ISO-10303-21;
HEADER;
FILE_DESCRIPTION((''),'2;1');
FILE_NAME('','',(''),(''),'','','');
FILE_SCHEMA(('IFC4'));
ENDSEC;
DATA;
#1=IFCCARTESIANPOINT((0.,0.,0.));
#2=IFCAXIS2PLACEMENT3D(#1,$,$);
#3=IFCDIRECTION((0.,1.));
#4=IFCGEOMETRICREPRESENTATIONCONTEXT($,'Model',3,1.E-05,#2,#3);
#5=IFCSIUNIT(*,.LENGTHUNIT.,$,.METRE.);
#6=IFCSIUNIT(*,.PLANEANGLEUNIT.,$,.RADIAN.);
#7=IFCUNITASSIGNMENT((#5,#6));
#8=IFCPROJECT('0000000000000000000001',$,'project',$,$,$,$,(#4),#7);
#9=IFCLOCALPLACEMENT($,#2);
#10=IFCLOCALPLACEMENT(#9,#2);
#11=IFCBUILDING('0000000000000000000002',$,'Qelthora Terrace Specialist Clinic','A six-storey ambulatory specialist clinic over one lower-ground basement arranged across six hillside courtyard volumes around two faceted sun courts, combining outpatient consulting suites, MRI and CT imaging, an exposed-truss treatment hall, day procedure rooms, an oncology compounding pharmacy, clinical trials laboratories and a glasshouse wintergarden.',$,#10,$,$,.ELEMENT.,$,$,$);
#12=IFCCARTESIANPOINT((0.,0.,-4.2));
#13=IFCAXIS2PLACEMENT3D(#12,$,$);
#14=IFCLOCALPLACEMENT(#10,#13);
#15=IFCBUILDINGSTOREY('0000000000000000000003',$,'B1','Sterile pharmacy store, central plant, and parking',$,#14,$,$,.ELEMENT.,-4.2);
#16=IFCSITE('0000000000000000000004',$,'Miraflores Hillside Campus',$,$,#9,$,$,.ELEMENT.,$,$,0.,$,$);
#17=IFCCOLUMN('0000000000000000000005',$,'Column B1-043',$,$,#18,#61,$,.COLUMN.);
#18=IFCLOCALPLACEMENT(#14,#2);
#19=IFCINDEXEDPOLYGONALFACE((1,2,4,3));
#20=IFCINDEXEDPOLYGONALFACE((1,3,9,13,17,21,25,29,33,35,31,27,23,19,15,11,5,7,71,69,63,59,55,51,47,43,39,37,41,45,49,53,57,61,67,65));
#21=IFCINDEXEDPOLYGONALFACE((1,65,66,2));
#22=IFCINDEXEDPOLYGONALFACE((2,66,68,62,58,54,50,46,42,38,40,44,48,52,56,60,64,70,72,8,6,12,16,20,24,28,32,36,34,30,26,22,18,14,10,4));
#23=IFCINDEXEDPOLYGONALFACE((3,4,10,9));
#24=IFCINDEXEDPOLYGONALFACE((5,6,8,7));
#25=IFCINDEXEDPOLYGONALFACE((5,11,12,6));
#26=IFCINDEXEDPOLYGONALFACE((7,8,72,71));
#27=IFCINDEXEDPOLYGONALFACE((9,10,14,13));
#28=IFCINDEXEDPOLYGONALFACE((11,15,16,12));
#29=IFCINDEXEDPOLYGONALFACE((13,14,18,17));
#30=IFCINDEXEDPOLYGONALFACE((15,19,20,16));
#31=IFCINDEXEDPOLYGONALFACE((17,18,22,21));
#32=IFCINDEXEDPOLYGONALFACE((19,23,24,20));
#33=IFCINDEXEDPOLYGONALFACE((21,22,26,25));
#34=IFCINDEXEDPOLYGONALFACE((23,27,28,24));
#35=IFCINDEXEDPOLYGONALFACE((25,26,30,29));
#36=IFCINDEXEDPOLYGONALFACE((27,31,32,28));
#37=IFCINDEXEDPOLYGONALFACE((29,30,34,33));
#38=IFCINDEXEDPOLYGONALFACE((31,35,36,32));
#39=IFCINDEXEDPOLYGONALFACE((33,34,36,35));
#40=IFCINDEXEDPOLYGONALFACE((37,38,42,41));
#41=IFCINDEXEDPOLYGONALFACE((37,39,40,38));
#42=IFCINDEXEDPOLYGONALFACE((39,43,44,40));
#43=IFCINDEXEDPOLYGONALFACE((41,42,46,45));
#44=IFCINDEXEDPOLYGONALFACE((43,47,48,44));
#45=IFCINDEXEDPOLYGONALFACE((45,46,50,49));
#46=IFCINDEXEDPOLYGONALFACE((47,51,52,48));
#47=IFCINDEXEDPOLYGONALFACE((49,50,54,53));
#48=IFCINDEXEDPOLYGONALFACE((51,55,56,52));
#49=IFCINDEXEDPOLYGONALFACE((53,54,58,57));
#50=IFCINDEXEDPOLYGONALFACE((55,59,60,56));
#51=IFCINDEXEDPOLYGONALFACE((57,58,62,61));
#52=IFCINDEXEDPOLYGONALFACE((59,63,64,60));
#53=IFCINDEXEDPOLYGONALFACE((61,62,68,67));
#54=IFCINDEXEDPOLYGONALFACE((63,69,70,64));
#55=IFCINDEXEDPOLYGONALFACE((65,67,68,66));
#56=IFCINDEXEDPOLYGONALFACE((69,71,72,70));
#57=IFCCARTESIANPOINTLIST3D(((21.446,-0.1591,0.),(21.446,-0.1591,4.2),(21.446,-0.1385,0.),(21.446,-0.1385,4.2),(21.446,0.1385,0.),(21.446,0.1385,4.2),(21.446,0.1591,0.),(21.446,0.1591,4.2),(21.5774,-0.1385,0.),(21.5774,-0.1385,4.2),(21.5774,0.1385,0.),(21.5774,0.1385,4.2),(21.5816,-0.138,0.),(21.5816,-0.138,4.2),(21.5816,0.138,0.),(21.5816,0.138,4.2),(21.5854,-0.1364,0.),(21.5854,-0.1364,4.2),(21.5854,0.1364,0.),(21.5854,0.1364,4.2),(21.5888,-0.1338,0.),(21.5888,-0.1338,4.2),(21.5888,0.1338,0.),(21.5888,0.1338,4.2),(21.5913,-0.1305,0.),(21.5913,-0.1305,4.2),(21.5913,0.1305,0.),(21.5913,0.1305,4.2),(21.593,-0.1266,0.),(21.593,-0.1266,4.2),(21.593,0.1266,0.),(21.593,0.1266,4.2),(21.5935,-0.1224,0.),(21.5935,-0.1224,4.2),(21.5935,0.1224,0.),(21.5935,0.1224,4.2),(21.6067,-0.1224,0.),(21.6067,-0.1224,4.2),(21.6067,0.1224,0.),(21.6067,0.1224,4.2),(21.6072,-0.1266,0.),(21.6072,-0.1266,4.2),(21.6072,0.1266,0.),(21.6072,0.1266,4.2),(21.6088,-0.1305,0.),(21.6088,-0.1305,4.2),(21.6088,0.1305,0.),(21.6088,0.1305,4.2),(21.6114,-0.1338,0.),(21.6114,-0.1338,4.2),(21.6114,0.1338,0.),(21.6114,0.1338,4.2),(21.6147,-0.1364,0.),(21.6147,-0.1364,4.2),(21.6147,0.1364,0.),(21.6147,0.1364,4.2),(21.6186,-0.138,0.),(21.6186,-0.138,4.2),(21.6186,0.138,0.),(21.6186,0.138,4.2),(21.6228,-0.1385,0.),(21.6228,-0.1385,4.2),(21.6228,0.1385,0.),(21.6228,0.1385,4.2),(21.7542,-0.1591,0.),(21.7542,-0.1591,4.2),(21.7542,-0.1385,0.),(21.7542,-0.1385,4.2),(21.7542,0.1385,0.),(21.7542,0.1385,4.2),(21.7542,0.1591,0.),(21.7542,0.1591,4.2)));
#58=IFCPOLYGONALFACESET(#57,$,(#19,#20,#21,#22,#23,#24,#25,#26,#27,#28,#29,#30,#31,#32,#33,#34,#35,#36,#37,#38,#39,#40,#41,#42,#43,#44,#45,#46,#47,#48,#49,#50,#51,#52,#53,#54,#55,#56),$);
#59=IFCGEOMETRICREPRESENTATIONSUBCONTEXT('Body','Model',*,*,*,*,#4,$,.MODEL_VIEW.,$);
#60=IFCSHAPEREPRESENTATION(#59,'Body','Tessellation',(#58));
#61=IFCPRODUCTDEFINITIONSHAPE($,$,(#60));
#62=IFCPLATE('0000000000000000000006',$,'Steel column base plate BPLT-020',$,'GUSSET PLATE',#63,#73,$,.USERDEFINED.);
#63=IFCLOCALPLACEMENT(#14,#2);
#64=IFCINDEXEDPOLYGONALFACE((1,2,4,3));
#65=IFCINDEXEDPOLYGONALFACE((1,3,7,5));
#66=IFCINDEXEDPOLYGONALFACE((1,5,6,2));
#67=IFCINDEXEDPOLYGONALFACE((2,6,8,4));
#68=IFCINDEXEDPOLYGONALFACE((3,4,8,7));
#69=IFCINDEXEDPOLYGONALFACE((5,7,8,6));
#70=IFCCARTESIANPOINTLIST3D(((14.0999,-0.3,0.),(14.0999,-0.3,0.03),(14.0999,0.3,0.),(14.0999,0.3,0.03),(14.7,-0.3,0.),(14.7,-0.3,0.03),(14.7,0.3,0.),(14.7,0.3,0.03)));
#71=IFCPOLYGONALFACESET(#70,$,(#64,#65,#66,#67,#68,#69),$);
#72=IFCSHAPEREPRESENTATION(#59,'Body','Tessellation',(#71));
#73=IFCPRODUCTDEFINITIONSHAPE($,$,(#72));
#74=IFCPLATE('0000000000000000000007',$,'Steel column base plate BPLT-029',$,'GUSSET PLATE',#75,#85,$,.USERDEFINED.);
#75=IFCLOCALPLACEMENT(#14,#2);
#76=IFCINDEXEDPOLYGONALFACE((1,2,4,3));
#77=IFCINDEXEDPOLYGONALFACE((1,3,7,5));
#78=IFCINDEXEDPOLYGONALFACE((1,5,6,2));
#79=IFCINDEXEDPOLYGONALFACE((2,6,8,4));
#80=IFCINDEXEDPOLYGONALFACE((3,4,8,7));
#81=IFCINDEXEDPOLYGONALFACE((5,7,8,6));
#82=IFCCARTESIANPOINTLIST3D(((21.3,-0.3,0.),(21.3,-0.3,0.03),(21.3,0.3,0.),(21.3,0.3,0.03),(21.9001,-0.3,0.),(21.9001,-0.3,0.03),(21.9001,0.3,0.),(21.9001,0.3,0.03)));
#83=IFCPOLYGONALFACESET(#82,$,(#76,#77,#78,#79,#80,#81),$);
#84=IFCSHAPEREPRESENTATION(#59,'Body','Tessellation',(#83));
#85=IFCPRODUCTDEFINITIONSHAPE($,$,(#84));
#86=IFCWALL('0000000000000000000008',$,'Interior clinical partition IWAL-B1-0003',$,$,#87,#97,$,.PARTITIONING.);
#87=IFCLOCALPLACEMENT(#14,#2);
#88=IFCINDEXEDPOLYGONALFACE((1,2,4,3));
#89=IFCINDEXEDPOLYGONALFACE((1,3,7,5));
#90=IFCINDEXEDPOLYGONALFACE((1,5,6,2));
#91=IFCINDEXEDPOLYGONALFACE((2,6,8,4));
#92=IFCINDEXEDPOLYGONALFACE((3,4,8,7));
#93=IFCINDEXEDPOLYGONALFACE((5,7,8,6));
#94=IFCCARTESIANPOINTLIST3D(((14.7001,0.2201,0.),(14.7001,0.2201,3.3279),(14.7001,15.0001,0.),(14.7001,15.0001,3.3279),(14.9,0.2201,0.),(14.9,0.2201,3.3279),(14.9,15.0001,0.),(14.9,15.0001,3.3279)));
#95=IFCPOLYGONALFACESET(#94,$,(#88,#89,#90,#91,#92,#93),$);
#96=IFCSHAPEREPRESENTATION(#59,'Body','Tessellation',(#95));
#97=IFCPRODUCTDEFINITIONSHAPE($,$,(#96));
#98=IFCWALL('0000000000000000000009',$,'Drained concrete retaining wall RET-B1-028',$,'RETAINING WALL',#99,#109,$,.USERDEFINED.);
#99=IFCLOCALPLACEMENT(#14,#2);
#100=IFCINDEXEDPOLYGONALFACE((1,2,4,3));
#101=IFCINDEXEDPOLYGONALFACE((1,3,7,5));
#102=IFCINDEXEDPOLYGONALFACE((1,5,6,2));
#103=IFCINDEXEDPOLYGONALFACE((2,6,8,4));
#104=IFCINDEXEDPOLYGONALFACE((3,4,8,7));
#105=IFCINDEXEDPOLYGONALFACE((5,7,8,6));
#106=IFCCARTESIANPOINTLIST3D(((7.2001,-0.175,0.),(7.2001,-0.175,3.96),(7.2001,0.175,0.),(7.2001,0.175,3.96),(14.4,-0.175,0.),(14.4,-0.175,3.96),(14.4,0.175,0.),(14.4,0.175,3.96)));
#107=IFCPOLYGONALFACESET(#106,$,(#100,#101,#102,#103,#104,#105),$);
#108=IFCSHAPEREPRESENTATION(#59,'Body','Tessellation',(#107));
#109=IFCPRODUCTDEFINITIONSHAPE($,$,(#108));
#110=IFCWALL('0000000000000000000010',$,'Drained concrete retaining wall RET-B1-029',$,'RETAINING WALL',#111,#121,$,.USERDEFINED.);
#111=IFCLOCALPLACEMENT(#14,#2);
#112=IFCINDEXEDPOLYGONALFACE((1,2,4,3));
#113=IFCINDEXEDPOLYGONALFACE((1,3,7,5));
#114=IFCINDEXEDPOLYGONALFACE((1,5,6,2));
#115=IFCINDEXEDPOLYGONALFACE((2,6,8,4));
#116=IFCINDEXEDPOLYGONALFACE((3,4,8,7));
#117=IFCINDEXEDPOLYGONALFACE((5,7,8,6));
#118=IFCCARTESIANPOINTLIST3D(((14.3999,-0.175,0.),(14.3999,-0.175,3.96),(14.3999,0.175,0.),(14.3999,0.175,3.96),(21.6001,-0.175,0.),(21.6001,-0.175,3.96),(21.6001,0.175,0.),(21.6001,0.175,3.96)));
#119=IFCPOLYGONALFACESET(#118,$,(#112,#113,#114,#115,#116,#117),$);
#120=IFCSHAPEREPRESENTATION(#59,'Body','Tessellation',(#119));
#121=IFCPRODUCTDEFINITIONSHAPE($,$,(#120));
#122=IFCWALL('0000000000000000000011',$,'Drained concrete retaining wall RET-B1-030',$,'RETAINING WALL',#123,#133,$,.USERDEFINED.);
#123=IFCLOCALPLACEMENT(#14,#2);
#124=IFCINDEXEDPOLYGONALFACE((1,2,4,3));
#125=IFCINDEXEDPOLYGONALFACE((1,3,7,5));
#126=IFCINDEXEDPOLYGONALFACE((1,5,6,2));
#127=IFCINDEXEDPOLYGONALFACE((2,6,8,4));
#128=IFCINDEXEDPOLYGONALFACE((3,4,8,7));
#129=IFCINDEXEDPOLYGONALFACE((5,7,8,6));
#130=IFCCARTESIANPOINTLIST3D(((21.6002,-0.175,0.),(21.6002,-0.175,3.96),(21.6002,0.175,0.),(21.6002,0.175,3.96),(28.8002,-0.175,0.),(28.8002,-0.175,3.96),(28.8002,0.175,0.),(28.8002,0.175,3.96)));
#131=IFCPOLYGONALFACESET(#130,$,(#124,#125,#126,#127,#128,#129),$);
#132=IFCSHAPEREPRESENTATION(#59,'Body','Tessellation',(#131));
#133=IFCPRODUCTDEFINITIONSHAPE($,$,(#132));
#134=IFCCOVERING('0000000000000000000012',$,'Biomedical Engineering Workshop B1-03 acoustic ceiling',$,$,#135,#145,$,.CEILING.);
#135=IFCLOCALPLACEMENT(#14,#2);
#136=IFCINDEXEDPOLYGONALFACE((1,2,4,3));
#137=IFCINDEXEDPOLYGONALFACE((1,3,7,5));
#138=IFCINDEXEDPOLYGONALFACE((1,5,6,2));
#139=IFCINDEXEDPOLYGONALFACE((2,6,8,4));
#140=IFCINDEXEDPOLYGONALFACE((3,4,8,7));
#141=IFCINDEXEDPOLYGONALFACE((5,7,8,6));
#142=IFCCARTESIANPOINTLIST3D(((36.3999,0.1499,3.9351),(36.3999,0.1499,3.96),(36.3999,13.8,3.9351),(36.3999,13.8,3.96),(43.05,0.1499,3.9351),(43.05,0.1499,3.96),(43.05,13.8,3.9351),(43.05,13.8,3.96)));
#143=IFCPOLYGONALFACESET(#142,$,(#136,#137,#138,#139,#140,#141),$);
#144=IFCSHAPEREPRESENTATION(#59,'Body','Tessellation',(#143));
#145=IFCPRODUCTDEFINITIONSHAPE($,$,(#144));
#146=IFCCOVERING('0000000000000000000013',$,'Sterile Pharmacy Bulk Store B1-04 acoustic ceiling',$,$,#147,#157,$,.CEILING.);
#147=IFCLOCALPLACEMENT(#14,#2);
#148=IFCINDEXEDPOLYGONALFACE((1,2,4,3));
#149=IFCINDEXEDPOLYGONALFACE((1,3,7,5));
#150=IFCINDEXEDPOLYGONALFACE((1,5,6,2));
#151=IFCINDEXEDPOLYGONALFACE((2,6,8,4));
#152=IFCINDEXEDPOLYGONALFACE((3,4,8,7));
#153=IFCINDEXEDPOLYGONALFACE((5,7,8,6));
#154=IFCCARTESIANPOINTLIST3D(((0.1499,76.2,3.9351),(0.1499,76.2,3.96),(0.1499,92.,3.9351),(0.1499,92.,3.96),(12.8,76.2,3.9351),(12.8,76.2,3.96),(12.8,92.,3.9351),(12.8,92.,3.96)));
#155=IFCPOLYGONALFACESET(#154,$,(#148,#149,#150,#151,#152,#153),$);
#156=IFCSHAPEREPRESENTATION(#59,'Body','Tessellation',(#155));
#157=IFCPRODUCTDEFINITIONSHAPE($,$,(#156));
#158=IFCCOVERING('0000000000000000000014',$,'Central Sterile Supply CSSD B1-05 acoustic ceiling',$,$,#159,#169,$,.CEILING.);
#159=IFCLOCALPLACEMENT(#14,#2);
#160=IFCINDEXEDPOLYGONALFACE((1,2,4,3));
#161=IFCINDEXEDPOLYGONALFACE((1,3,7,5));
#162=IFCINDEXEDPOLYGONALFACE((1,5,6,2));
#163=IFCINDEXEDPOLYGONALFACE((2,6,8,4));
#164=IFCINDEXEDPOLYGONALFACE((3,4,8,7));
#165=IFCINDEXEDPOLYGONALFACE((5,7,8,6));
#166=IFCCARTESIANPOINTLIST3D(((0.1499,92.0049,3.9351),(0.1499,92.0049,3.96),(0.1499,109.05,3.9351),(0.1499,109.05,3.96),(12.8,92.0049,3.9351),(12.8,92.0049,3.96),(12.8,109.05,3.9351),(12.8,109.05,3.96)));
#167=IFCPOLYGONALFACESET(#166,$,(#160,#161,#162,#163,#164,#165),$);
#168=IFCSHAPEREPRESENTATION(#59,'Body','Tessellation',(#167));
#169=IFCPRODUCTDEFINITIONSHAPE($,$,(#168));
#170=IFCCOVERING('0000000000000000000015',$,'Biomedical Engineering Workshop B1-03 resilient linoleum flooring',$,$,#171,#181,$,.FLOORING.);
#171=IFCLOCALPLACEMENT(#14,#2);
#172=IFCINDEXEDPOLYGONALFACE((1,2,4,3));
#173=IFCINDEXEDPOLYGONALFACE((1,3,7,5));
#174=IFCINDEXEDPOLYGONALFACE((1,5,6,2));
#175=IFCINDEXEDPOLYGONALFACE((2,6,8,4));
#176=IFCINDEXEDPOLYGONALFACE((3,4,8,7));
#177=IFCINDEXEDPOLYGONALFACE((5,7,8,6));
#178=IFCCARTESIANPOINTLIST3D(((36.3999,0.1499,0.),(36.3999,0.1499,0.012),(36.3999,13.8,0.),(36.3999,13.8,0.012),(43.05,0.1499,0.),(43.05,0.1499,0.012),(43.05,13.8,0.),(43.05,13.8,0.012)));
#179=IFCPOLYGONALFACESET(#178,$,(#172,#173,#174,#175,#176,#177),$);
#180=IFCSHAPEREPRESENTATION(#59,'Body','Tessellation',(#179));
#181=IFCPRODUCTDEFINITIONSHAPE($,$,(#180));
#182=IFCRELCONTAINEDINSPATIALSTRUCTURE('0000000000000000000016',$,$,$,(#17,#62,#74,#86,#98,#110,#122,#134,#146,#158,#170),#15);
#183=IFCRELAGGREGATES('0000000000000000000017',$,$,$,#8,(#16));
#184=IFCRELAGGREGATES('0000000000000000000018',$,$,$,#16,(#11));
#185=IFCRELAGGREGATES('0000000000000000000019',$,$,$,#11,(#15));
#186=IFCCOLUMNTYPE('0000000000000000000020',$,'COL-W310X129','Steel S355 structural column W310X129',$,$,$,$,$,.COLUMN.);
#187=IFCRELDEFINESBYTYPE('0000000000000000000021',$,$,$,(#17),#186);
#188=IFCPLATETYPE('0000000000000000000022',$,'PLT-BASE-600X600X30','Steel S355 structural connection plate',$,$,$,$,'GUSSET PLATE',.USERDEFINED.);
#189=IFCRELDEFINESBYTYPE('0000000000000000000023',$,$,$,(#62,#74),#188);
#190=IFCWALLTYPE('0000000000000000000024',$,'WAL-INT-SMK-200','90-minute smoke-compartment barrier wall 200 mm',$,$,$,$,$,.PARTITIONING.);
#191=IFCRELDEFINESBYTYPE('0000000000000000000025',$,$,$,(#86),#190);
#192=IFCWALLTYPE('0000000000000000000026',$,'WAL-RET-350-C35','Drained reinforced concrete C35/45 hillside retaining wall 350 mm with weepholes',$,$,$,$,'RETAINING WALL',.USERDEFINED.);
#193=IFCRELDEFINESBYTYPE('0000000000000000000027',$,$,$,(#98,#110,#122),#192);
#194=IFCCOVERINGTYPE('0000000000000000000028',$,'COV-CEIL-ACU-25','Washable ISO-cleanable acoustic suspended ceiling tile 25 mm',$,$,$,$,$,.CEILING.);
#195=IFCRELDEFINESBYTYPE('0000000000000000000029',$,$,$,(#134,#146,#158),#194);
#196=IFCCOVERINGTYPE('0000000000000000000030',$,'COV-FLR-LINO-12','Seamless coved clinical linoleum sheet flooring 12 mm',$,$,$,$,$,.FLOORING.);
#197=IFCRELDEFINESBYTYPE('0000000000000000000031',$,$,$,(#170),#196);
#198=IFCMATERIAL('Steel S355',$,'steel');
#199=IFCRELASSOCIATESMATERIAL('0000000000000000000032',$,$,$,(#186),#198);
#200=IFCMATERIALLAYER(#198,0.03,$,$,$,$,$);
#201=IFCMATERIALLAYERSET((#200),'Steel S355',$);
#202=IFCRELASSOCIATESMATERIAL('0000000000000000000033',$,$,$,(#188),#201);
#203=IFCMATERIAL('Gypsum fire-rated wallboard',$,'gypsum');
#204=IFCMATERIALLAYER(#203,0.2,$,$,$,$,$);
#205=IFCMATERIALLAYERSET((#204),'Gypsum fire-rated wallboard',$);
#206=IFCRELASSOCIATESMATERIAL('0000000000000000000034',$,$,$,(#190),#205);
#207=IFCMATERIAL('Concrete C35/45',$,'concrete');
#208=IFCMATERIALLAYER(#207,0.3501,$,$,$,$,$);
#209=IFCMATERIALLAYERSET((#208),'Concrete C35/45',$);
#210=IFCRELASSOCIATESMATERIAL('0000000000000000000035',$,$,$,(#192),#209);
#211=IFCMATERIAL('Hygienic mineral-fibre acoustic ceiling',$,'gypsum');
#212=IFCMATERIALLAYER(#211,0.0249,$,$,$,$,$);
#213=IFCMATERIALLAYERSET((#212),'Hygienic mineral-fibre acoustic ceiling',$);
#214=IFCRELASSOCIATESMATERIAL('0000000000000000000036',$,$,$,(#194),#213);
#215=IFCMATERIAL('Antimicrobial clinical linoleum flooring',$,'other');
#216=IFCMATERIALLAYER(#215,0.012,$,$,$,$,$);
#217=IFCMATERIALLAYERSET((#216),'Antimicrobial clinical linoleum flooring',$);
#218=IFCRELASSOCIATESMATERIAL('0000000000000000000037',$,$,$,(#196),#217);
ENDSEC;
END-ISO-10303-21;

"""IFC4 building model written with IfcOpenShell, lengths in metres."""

from ifc_helpers import new_model, si_unit, direction, frame, frame_2d, origin, origin_2d, place, context, subcontext, project, spatial, polyline, rectangle, i_section, outline, extrude, material, layer, layer_set, material_profile, profile_set, type_object, element, save


model = new_model("IFC4")

# Units and contexts
model_context = context("Model", 3, precision=1e-05, world=origin(), true_north=direction((0.0, 1.0)))
body_context = subcontext(model_context, "Body", "Model", "MODEL_VIEW")
ifc_project = project(units=[si_unit("LENGTHUNIT", "METRE"), si_unit("PLANEANGLEUNIT", "RADIAN")], contexts=[model_context])

# Site, building, storey
site_placement = place(None, origin())
site = spatial("IfcSite", under=ifc_project, at=site_placement, Name="Miraflores Hillside Campus", CompositionType="ELEMENT", RefElevation=0.0)
building_placement = place(site_placement, origin())
building = spatial("IfcBuilding", under=site, at=building_placement, Name="Qelthora Terrace Specialist Clinic", Description="A six-storey ambulatory specialist clinic over one lower-ground basement arranged across six hillside courtyard volumes around two faceted sun courts, combining outpatient consulting suites, MRI and CT imaging, an exposed-truss treatment hall, day procedure rooms, an oncology compounding pharmacy, clinical trials laboratories and a glasshouse wintergarden.", CompositionType="ELEMENT")
storey_placement = place(building_placement, frame((0.0, 0.0, -4.2)))
storey = spatial("IfcBuildingStorey", under=building, at=storey_placement, Name="B1", Description="Sterile pharmacy store, central plant, and parking", CompositionType="ELEMENT", Elevation=-4.2)

# Shared definitions
ifc_material_1 = material(Name="Concrete C35/45", Category="concrete")

# Column
ifc_material_2 = material(Name="Steel S355", Category="steel")
ifc_material_profile_1 = material_profile(ifc_material_2, i_section(OverallWidth=0.3081, OverallDepth=0.3181, WebThickness=0.0132, FlangeThickness=0.0205, FilletRadius=0.0161, at=origin_2d()), Name="W310X129")
ifc_profile_set_1 = profile_set([ifc_material_profile_1], Name="Steel S355")
column_type_1 = type_object("IfcColumnType", Name="COL-W310X129", Description="Steel S355 structural column W310X129", PredefinedType="COLUMN", material=ifc_profile_set_1)
for number, where, z_axis, x_axis, name in (
    (1, (21.6001, 0.0, 0.0), (0.0, 0.0, 1.0), (1.0, 0.0, 0.0), "Column B1-043"),
):
    element("IfcColumn", number, at=place(storey_placement, frame(where, z_axis=z_axis, x_axis=x_axis)), inside=storey, type_object=column_type_1, Name=name, PredefinedType="COLUMN", context=body_context, shape_type="SweptSolid", body=[
        extrude(i_section(OverallWidth=0.3081, OverallDepth=0.3181, WebThickness=0.0132, FlangeThickness=0.0205, FilletRadius=0.0161, at=origin_2d()), origin(), (0.0, 0.0, 1.0), 4.2),
    ])

# Plates
ifc_layer_1 = layer(ifc_material_2, 0.03)
ifc_layer_set_1 = layer_set([ifc_layer_1], Name="Steel S355")
plate_type = type_object("IfcPlateType", Name="PLT-BASE-600X600X30", Description="Steel S355 structural connection plate", ElementType="GUSSET PLATE", PredefinedType="USERDEFINED", material=ifc_layer_set_1)
for number, where, z_axis, x_axis, name in (
    (2, (14.3999, 0.0, 0.0), (0.0, 0.0, 1.0), (1.0, 0.0, 0.0), "Steel column base plate BPLT-020"),
    (3, (21.6001, 0.0, 0.0), (0.0, 0.0, 1.0), (1.0, 0.0, 0.0), "Steel column base plate BPLT-029"),
):
    element("IfcPlate", number, at=place(storey_placement, frame(where, z_axis=z_axis, x_axis=x_axis)), inside=storey, type_object=plate_type, Name=name, ObjectType="GUSSET PLATE", PredefinedType="USERDEFINED", context=body_context, shape_type="SweptSolid", body=[
        extrude(rectangle(XDim=0.6001, YDim=0.6001, at=origin_2d()), origin(), (0.0, 0.0, 1.0), 0.03),
    ])

# Walls
ifc_material_3 = material(Name="Gypsum fire-rated wallboard", Category="gypsum")
ifc_layer_2 = layer(ifc_material_3, 0.2)
ifc_layer_set_2 = layer_set([ifc_layer_2], Name="Gypsum fire-rated wallboard")
wall_type_1 = type_object("IfcWallType", Name="WAL-INT-SMK-200", Description="90-minute smoke-compartment barrier wall 200 mm", PredefinedType="PARTITIONING", material=ifc_layer_set_2)
wall_1_placement = place(storey_placement, frame((14.8, 0.22, 0.0), z_axis=(0.0, 0.0, 1.0), x_axis=(0.0, 1.0, 0.0)))
element("IfcWall", 4, at=wall_1_placement, inside=storey, type_object=wall_type_1, Name="Interior clinical partition IWAL-B1-0003", PredefinedType="PARTITIONING", context=body_context, shape_type="SweptSolid", body=[
    extrude(rectangle(XDim=14.78, YDim=0.2, at=frame_2d((7.3901, 0.0))), origin(), (0.0, 0.0, 1.0), 3.3279),
])
ifc_layer_3 = layer(ifc_material_1, 0.3501)
ifc_layer_set_3 = layer_set([ifc_layer_3], Name="Concrete C35/45")
wall_type_2 = type_object("IfcWallType", Name="WAL-RET-350-C35", Description="Drained reinforced concrete C35/45 hillside retaining wall 350 mm with weepholes", ElementType="RETAINING WALL", PredefinedType="USERDEFINED", material=ifc_layer_set_3)
wall_2_placement = place(storey_placement, frame((7.2, 0.0, 0.0), z_axis=(0.0, 0.0, 1.0), x_axis=(1.0, 0.0, 0.0)))
element("IfcWall", 5, at=wall_2_placement, inside=storey, type_object=wall_type_2, Name="Drained concrete retaining wall RET-B1-028", ObjectType="RETAINING WALL", PredefinedType="USERDEFINED", context=body_context, shape_type="SweptSolid", body=[
    extrude(rectangle(XDim=7.2, YDim=0.3501, at=frame_2d((3.6001, 0.0))), origin(), (0.0, 0.0, 1.0), 3.96),
])
wall_3_placement = place(storey_placement, frame((14.3999, 0.0, 0.0), z_axis=(0.0, 0.0, 1.0), x_axis=(1.0, 0.0, 0.0)))
element("IfcWall", 6, at=wall_3_placement, inside=storey, type_object=wall_type_2, Name="Drained concrete retaining wall RET-B1-029", ObjectType="RETAINING WALL", PredefinedType="USERDEFINED", context=body_context, shape_type="SweptSolid", body=[
    extrude(rectangle(XDim=7.2002, YDim=0.3501, at=frame_2d((3.6001, 0.0))), origin(), (0.0, 0.0, 1.0), 3.96),
])
wall_4_placement = place(storey_placement, frame((21.6001, 0.0, 0.0), z_axis=(0.0, 0.0, 1.0), x_axis=(1.0, 0.0, 0.0)))
element("IfcWall", 7, at=wall_4_placement, inside=storey, type_object=wall_type_2, Name="Drained concrete retaining wall RET-B1-030", ObjectType="RETAINING WALL", PredefinedType="USERDEFINED", context=body_context, shape_type="SweptSolid", body=[
    extrude(rectangle(XDim=7.2, YDim=0.3501, at=frame_2d((3.6001, 0.0))), origin(), (0.0, 0.0, 1.0), 3.96),
])

# Coverings
ifc_material_4 = material(Name="Hygienic mineral-fibre acoustic ceiling", Category="gypsum")
ifc_layer_4 = layer(ifc_material_4, 0.0249)
ifc_layer_set_4 = layer_set([ifc_layer_4], Name="Hygienic mineral-fibre acoustic ceiling")
covering_type_1 = type_object("IfcCoveringType", Name="COV-CEIL-ACU-25", Description="Washable ISO-cleanable acoustic suspended ceiling tile 25 mm", PredefinedType="CEILING", material=ifc_layer_set_4)
covering_1_placement = place(storey_placement, frame((0.0, 0.0, 3.9351)))
element("IfcCovering", 8, at=covering_1_placement, inside=storey, type_object=covering_type_1, Name="Biomedical Engineering Workshop B1-03 acoustic ceiling", PredefinedType="CEILING", context=body_context, shape_type="SweptSolid", body=[
    extrude(outline(polyline([(36.3999, 0.1499), (36.3999, 13.8), (43.05, 13.8), (43.05, 0.1499), (36.3999, 0.1499)])), origin(), (0.0, 0.0, 1.0), 0.0249),
])
covering_2_placement = place(storey_placement, frame((0.0, 0.0, 3.9351)))
element("IfcCovering", 9, at=covering_2_placement, inside=storey, type_object=covering_type_1, Name="Sterile Pharmacy Bulk Store B1-04 acoustic ceiling", PredefinedType="CEILING", context=body_context, shape_type="SweptSolid", body=[
    extrude(outline(polyline([(0.1499, 76.2), (0.1499, 92.0), (12.8, 92.0), (12.8, 76.2), (0.1499, 76.2)])), origin(), (0.0, 0.0, 1.0), 0.0249),
])
covering_3_placement = place(storey_placement, frame((0.0, 0.0, 3.9351)))
element("IfcCovering", 10, at=covering_3_placement, inside=storey, type_object=covering_type_1, Name="Central Sterile Supply CSSD B1-05 acoustic ceiling", PredefinedType="CEILING", context=body_context, shape_type="SweptSolid", body=[
    extrude(outline(polyline([(0.1499, 92.0049), (0.1499, 109.05), (12.8, 109.05), (12.8, 92.0049), (0.1499, 92.0049)])), origin(), (0.0, 0.0, 1.0), 0.0249),
])
ifc_material_5 = material(Name="Antimicrobial clinical linoleum flooring", Category="other")
ifc_layer_5 = layer(ifc_material_5, 0.012)
ifc_layer_set_5 = layer_set([ifc_layer_5], Name="Antimicrobial clinical linoleum flooring")
covering_type_2 = type_object("IfcCoveringType", Name="COV-FLR-LINO-12", Description="Seamless coved clinical linoleum sheet flooring 12 mm", PredefinedType="FLOORING", material=ifc_layer_set_5)
covering_4_placement = place(storey_placement, origin())
element("IfcCovering", 11, at=covering_4_placement, inside=storey, type_object=covering_type_2, Name="Biomedical Engineering Workshop B1-03 resilient linoleum flooring", PredefinedType="FLOORING", context=body_context, shape_type="SweptSolid", body=[
    extrude(outline(polyline([(36.3999, 0.1499), (36.3999, 13.8), (43.05, 13.8), (43.05, 0.1499), (36.3999, 0.1499)])), origin(), (0.0, 0.0, 1.0), 0.012),
])

save(model, "model.ifc")
